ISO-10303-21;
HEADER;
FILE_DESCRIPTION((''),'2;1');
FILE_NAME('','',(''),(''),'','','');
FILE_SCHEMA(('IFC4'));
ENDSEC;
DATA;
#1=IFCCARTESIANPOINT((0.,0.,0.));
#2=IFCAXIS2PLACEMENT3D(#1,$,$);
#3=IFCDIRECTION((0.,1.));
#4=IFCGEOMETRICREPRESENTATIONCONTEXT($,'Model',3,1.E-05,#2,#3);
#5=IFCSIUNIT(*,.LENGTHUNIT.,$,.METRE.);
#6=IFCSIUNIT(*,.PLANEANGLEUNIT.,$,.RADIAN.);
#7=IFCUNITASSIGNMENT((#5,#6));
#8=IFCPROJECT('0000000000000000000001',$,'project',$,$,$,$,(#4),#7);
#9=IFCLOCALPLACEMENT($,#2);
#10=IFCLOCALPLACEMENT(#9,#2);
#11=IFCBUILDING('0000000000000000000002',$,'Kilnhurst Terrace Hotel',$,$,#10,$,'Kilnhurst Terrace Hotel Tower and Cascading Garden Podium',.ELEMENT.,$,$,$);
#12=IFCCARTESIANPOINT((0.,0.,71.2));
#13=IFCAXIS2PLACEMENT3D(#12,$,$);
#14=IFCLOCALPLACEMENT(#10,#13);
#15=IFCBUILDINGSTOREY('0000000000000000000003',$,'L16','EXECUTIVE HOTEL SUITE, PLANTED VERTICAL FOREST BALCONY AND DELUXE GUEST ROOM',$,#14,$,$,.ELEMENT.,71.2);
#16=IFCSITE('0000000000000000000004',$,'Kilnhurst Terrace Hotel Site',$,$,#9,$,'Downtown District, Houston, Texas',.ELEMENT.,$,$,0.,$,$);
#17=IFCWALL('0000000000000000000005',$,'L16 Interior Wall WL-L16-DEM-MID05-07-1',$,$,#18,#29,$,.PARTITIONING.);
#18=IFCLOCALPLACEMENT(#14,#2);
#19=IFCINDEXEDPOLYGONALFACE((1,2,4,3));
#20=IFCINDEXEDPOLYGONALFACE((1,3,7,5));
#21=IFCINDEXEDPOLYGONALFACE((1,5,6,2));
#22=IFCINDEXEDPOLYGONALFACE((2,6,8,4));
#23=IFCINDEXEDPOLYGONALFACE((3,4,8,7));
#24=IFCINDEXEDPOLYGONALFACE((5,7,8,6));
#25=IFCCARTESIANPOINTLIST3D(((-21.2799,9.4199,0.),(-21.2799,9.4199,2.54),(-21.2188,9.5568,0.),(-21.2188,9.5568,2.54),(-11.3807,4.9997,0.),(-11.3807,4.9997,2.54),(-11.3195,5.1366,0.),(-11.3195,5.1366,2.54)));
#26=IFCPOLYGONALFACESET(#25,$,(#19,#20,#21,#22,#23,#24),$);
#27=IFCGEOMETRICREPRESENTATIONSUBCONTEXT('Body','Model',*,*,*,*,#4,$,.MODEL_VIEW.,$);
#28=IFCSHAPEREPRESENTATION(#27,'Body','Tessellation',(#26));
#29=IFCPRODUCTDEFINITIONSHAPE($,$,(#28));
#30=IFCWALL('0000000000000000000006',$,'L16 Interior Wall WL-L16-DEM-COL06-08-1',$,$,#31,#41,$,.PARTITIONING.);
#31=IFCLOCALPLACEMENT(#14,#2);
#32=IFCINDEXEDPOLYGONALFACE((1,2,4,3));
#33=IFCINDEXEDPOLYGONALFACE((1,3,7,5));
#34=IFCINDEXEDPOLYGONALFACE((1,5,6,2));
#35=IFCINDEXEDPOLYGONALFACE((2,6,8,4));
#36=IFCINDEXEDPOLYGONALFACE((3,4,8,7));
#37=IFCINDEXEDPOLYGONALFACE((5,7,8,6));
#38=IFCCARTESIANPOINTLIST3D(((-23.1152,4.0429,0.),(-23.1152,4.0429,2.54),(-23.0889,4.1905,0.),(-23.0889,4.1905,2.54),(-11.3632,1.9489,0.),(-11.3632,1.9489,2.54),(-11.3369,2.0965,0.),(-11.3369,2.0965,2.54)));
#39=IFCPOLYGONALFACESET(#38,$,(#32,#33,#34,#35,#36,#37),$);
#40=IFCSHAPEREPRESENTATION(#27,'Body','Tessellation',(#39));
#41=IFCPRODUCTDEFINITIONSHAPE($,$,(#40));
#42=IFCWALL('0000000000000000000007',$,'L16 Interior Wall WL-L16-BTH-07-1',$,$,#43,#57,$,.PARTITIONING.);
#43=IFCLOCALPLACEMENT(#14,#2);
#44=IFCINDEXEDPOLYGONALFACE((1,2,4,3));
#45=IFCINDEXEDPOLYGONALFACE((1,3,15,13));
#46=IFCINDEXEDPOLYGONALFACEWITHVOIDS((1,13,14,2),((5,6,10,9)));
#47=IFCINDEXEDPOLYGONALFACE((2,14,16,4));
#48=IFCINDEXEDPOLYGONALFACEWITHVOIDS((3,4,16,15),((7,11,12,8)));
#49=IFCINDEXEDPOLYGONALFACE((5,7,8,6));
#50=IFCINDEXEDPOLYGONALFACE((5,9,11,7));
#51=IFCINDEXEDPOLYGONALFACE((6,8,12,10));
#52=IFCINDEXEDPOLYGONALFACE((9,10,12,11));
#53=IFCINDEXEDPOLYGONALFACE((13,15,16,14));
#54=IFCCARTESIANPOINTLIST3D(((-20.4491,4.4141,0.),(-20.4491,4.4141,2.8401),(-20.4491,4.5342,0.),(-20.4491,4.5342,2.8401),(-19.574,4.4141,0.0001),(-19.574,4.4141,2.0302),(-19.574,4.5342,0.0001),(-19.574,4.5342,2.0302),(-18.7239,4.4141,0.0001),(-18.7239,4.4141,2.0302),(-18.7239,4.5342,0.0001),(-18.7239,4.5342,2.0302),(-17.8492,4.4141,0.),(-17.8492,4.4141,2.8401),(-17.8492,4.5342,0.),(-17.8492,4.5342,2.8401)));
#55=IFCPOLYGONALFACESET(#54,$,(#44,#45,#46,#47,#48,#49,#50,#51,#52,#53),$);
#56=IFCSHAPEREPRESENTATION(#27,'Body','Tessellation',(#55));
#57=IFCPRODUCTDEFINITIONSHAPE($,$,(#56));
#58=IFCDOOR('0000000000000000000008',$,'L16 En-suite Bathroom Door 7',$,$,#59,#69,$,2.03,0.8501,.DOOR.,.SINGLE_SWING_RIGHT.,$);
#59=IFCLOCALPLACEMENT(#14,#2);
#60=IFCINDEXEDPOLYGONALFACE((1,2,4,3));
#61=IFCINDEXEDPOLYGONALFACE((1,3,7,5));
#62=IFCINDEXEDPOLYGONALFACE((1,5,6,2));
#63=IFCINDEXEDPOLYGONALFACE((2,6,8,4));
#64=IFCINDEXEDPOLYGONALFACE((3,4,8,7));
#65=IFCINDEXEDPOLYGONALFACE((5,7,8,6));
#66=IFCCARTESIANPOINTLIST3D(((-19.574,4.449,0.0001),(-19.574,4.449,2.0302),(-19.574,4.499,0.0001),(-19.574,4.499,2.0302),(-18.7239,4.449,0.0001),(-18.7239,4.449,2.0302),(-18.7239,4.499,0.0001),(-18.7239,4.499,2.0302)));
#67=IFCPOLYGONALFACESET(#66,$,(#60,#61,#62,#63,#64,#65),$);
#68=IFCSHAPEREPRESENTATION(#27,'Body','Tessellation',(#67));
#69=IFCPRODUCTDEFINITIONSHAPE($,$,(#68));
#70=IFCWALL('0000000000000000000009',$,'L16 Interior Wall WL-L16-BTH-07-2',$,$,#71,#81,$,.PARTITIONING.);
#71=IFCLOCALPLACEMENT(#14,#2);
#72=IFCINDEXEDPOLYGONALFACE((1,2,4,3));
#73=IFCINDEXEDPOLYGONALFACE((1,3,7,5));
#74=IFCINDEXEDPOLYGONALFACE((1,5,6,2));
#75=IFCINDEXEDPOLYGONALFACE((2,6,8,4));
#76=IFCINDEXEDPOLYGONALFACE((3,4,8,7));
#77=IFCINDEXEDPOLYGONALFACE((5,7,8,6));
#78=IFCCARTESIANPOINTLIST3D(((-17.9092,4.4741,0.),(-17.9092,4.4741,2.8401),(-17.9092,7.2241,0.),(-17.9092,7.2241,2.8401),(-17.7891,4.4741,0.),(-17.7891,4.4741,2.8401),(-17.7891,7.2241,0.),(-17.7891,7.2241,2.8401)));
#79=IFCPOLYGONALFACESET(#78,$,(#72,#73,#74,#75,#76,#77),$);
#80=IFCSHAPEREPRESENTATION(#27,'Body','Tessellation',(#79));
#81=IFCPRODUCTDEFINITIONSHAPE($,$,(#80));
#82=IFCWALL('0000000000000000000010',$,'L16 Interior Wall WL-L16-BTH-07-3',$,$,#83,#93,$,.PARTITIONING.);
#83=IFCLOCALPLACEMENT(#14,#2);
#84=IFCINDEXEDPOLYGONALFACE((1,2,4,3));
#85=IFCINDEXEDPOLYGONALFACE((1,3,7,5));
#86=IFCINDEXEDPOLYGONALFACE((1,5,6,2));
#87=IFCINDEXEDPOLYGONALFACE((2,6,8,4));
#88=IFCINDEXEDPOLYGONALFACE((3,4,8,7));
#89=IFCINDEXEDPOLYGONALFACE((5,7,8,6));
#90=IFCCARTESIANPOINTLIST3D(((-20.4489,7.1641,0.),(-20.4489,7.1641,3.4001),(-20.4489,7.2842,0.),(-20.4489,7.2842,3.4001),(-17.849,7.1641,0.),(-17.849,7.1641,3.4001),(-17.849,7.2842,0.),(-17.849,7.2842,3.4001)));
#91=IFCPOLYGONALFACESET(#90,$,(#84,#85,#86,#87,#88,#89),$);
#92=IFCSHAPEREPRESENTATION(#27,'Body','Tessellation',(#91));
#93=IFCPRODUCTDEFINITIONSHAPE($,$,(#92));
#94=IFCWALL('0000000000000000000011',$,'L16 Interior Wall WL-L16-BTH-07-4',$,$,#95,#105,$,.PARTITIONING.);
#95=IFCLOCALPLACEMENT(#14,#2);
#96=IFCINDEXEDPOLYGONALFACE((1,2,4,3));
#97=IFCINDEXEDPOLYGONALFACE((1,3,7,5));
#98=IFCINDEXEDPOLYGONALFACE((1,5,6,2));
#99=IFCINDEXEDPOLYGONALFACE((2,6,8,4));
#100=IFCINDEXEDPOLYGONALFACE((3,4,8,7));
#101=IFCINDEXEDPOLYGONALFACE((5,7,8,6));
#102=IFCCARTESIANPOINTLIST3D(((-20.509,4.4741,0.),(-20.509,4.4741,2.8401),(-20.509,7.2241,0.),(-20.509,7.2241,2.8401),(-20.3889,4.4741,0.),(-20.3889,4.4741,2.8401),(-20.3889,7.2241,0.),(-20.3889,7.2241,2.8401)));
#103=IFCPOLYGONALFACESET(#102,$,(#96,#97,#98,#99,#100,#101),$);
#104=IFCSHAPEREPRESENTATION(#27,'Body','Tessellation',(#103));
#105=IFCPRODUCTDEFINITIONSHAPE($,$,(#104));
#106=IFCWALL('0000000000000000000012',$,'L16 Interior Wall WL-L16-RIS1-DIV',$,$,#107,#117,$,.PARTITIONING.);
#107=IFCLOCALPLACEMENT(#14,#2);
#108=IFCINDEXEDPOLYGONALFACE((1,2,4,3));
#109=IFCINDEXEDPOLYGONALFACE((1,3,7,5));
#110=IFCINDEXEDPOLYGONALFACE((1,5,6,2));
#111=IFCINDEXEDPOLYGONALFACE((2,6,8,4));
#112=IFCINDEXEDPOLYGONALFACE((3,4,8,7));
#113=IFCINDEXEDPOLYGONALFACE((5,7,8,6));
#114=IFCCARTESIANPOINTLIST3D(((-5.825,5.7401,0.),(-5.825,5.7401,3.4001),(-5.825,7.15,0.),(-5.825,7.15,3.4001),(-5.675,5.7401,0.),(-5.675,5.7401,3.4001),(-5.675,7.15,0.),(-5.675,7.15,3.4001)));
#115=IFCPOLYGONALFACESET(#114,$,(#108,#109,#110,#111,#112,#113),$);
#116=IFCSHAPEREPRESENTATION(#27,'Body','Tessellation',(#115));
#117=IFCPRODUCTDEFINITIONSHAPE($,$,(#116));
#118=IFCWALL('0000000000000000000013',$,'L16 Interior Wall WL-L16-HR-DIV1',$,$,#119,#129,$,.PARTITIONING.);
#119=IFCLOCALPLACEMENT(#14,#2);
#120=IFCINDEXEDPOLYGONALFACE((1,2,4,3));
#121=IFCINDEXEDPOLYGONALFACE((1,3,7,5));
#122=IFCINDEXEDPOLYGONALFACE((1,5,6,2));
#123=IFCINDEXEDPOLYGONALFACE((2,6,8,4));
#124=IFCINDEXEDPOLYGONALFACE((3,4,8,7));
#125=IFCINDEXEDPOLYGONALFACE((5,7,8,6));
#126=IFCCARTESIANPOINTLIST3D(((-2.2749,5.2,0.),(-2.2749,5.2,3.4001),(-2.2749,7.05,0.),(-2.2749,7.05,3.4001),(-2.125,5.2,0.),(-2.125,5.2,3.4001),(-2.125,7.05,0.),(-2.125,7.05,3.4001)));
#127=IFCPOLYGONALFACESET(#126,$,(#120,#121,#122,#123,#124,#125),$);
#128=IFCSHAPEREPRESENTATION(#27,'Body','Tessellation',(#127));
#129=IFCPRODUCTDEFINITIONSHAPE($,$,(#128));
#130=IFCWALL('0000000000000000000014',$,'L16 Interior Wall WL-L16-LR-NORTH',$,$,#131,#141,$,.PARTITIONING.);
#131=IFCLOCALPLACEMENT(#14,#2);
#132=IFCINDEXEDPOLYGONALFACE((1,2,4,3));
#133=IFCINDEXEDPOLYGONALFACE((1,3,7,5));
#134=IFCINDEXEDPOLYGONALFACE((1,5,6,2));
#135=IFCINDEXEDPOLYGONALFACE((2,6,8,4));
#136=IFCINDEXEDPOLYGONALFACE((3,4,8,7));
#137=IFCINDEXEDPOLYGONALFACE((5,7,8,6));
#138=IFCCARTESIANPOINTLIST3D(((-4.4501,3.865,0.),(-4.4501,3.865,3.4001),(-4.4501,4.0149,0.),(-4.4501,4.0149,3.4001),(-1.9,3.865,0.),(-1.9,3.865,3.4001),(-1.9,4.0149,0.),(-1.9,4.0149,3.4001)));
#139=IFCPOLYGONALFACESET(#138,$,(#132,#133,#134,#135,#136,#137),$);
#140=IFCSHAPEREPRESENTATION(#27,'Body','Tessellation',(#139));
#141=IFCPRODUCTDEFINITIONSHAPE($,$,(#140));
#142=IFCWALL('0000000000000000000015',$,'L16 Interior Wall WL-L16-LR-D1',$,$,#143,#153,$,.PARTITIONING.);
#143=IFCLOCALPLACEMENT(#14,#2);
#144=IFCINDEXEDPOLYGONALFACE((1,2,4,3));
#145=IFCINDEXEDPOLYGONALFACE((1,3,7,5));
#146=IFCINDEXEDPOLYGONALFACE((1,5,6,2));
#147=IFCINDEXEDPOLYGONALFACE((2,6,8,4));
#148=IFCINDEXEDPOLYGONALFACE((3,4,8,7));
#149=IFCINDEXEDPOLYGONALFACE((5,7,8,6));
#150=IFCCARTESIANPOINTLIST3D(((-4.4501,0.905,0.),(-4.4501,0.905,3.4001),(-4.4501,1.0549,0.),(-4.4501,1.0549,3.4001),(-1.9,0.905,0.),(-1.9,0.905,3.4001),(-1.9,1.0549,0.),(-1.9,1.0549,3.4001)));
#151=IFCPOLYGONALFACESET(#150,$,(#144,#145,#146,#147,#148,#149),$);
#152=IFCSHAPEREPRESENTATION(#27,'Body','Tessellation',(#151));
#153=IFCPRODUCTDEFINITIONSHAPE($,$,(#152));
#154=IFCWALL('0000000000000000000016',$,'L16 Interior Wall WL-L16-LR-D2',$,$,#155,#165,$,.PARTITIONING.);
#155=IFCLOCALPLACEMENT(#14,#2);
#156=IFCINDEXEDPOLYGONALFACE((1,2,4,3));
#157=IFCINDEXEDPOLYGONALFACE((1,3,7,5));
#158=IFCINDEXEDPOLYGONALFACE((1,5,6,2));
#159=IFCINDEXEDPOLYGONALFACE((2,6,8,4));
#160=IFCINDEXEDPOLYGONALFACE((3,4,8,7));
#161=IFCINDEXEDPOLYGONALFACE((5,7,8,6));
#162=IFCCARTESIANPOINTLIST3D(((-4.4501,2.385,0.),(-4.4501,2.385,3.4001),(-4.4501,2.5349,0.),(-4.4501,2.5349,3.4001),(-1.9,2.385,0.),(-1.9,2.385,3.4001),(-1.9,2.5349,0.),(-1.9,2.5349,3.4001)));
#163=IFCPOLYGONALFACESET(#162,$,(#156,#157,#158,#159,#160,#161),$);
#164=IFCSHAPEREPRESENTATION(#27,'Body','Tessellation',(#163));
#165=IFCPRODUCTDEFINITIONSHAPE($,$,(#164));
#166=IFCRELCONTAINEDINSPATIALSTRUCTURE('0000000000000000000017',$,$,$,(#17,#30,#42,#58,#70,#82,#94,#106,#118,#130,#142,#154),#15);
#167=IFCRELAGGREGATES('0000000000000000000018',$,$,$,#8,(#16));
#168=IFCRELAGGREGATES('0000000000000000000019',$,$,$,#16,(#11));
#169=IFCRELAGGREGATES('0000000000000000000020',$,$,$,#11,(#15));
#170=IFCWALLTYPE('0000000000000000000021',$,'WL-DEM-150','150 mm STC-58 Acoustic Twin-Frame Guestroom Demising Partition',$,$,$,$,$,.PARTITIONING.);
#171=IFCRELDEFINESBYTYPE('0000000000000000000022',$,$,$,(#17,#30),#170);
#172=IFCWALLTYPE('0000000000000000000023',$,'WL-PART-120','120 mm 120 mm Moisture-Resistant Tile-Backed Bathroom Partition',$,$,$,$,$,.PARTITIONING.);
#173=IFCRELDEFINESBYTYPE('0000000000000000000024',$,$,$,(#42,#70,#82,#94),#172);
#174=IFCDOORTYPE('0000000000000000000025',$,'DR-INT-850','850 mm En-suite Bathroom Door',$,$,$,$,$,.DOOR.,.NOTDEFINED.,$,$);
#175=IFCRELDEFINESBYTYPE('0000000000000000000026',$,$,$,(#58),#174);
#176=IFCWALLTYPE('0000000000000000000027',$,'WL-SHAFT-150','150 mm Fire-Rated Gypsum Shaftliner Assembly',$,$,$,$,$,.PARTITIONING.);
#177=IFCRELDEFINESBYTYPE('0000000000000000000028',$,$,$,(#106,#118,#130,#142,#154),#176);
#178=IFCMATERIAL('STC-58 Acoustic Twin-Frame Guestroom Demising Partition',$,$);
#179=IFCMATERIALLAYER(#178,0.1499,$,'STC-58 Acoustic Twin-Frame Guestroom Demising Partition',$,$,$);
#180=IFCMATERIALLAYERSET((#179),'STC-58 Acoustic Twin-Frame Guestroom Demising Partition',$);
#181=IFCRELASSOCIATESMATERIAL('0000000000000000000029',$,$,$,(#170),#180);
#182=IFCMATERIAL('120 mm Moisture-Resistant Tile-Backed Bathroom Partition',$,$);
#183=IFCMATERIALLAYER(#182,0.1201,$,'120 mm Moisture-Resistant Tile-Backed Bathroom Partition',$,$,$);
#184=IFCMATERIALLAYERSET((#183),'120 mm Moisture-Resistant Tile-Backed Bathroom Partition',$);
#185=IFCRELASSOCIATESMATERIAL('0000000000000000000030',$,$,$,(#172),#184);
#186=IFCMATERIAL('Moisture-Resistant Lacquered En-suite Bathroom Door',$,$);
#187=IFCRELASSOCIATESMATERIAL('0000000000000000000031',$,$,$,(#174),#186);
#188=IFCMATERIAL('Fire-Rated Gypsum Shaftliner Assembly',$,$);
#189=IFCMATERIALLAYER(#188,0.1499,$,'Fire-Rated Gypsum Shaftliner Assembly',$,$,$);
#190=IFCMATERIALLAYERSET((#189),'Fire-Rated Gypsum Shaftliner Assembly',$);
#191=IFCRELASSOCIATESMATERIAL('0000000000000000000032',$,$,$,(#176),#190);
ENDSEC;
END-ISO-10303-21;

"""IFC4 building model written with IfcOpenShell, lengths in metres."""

from ifc_helpers import new_model, si_unit, direction, frame, frame_2d, origin, place, context, subcontext, project, spatial, rectangle, extrude, material, layer, layer_set, type_object, element, fill, save


model = new_model("IFC4")

# Units and contexts
model_context = context("Model", 3, precision=1e-05, world=origin(), true_north=direction((0.0, 1.0)))
body_context = subcontext(model_context, "Body", "Model", "MODEL_VIEW")
ifc_project = project(units=[si_unit("LENGTHUNIT", "METRE"), si_unit("PLANEANGLEUNIT", "RADIAN")], contexts=[model_context])

# Site, building, storey
site_placement = place(None, origin())
site = spatial("IfcSite", under=ifc_project, at=site_placement, Name="Kilnhurst Terrace Hotel Site", LongName="Downtown District, Houston, Texas", CompositionType="ELEMENT", RefElevation=0.0)
building_placement = place(site_placement, origin())
building = spatial("IfcBuilding", under=site, at=building_placement, Name="Kilnhurst Terrace Hotel", LongName="Kilnhurst Terrace Hotel Tower and Cascading Garden Podium", CompositionType="ELEMENT")
storey_placement = place(building_placement, frame((0.0, 0.0, 71.2)))
storey = spatial("IfcBuildingStorey", under=building, at=storey_placement, Name="L16", Description="EXECUTIVE HOTEL SUITE, PLANTED VERTICAL FOREST BALCONY AND DELUXE GUEST ROOM", CompositionType="ELEMENT", Elevation=71.2)

# Walls
ifc_material_1 = material(Name="STC-58 Acoustic Twin-Frame Guestroom Demising Partition")
ifc_layer_1 = layer(ifc_material_1, 0.1499, Name="STC-58 Acoustic Twin-Frame Guestroom Demising Partition")
ifc_layer_set_1 = layer_set([ifc_layer_1], Name="STC-58 Acoustic Twin-Frame Guestroom Demising Partition")
wall_type_1 = type_object("IfcWallType", Name="WL-DEM-150", Description="150 mm STC-58 Acoustic Twin-Frame Guestroom Demising Partition", PredefinedType="PARTITIONING", material=ifc_layer_set_1)
wall_1_placement = place(storey_placement, frame((-11.3501, 5.0681, 0.0), z_axis=(0.0, 0.0, 1.0), x_axis=(-0.913107, 0.40772, 0.0)))
element("IfcWall", 1, at=wall_1_placement, inside=storey, type_object=wall_type_1, Name="L16 Interior Wall WL-L16-DEM-MID05-07-1", PredefinedType="PARTITIONING", context=body_context, shape_type="SweptSolid", body=[
    extrude(rectangle(XDim=10.8413, YDim=0.1499, at=frame_2d((5.4207, 0.0))), origin(), (0.0, 0.0, 1.0), 2.54),
])
wall_2_placement = place(storey_placement, frame((-11.3501, 2.0227, 0.0), z_axis=(0.0, 0.0, 1.0), x_axis=(-0.984494, 0.17542, 0.0)))
element("IfcWall", 2, at=wall_2_placement, inside=storey, type_object=wall_type_1, Name="L16 Interior Wall WL-L16-DEM-COL06-08-1", PredefinedType="PARTITIONING", context=body_context, shape_type="SweptSolid", body=[
    extrude(rectangle(XDim=11.937, YDim=0.1499, at=frame_2d((5.9685, 0.0))), origin(), (0.0, 0.0, 1.0), 2.54),
])

# Wall, opening, door
ifc_material_2 = material(Name="120 mm Moisture-Resistant Tile-Backed Bathroom Partition")
ifc_layer_2 = layer(ifc_material_2, 0.1201, Name="120 mm Moisture-Resistant Tile-Backed Bathroom Partition")
ifc_layer_set_2 = layer_set([ifc_layer_2], Name="120 mm Moisture-Resistant Tile-Backed Bathroom Partition")
wall_type_2 = type_object("IfcWallType", Name="WL-PART-120", Description="120 mm 120 mm Moisture-Resistant Tile-Backed Bathroom Partition", PredefinedType="PARTITIONING", material=ifc_layer_set_2)
wall_3_placement = place(storey_placement, frame((-20.449, 4.4741, 0.0), z_axis=(0.0, 0.0, 1.0), x_axis=(1.0, 0.0, 0.0)))
wall_3 = element("IfcWall", 3, at=wall_3_placement, inside=storey, type_object=wall_type_2, Name="L16 Interior Wall WL-L16-BTH-07-1", PredefinedType="PARTITIONING", context=body_context, shape_type="SweptSolid", body=[
    extrude(rectangle(XDim=2.5999, YDim=0.1201, at=frame_2d((1.2998, 0.0))), origin(), (0.0, 0.0, 1.0), 2.8401),
])
opening_1_placement = place(wall_3_placement, frame((0.875, 0.0, 0.0)))
opening_1 = element("IfcOpeningElement", 4, at=opening_1_placement, cuts=wall_3, PredefinedType="OPENING", context=body_context, shape_type="SweptSolid", body=[
    extrude(rectangle(XDim=0.8501, YDim=2.03, at=frame_2d((0.425, 1.0151))), frame((0.0, 0.0701, 0.0), z_axis=(0.0, -1.0, 0.0), x_axis=(1.0, 0.0, 0.0)), (0.0, 0.0, 1.0), 0.1401),
])
ifc_material_3 = material(Name="Moisture-Resistant Lacquered En-suite Bathroom Door")
door_type_1 = type_object("IfcDoorType", Name="DR-INT-850", Description="850 mm En-suite Bathroom Door", OperationType="NOTDEFINED", PredefinedType="DOOR", material=ifc_material_3)
door_1_placement = place(opening_1_placement, origin())
door_1 = element("IfcDoor", 5, at=door_1_placement, inside=storey, type_object=door_type_1, Name="L16 En-suite Bathroom Door 7", OperationType="SINGLE_SWING_RIGHT", OverallHeight=2.03, OverallWidth=0.8501, PredefinedType="DOOR", context=body_context, shape_type="SweptSolid", body=[
    extrude(rectangle(XDim=0.8501, YDim=2.03, at=frame_2d((0.425, 1.0151))), frame((0.0, 0.0249, 0.0), z_axis=(0.0, -1.0, 0.0), x_axis=(1.0, 0.0, 0.0)), (0.0, 0.0, 1.0), 0.05),
])
fill(opening_1, door_1)

# Walls
wall_4_placement = place(storey_placement, frame((-17.8491, 4.4741, 0.0), z_axis=(0.0, 0.0, 1.0), x_axis=(0.0, 1.0, 0.0)))
element("IfcWall", 6, at=wall_4_placement, inside=storey, type_object=wall_type_2, Name="L16 Interior Wall WL-L16-BTH-07-2", PredefinedType="PARTITIONING", context=body_context, shape_type="SweptSolid", body=[
    extrude(rectangle(XDim=2.75, YDim=0.1201, at=frame_2d((1.375, 0.0))), origin(), (0.0, 0.0, 1.0), 2.8401),
])
wall_5_placement = place(storey_placement, frame((-17.8491, 7.2241, 0.0), z_axis=(0.0, 0.0, 1.0), x_axis=(-1.0, 0.0, 0.0)))
element("IfcWall", 7, at=wall_5_placement, inside=storey, type_object=wall_type_2, Name="L16 Interior Wall WL-L16-BTH-07-3", PredefinedType="PARTITIONING", context=body_context, shape_type="SweptSolid", body=[
    extrude(rectangle(XDim=2.5999, YDim=0.1201, at=frame_2d((1.2998, 0.0))), origin(), (0.0, 0.0, 1.0), 3.4001),
])
wall_6_placement = place(storey_placement, frame((-20.449, 7.2241, 0.0), z_axis=(0.0, 0.0, 1.0), x_axis=(0.0, -1.0, 0.0)))
element("IfcWall", 8, at=wall_6_placement, inside=storey, type_object=wall_type_2, Name="L16 Interior Wall WL-L16-BTH-07-4", PredefinedType="PARTITIONING", context=body_context, shape_type="SweptSolid", body=[
    extrude(rectangle(XDim=2.75, YDim=0.1201, at=frame_2d((1.375, 0.0))), origin(), (0.0, 0.0, 1.0), 2.8401),
])
ifc_material_4 = material(Name="Fire-Rated Gypsum Shaftliner Assembly")
ifc_layer_3 = layer(ifc_material_4, 0.1499, Name="Fire-Rated Gypsum Shaftliner Assembly")
ifc_layer_set_3 = layer_set([ifc_layer_3], Name="Fire-Rated Gypsum Shaftliner Assembly")
wall_type_3 = type_object("IfcWallType", Name="WL-SHAFT-150", Description="150 mm Fire-Rated Gypsum Shaftliner Assembly", PredefinedType="PARTITIONING", material=ifc_layer_set_3)
wall_7_placement = place(storey_placement, frame((-5.75, 5.74, 0.0), z_axis=(0.0, 0.0, 1.0), x_axis=(0.0, 1.0, 0.0)))
element("IfcWall", 9, at=wall_7_placement, inside=storey, type_object=wall_type_3, Name="L16 Interior Wall WL-L16-RIS1-DIV", PredefinedType="PARTITIONING", context=body_context, shape_type="SweptSolid", body=[
    extrude(rectangle(XDim=1.4099, YDim=0.1499, at=frame_2d((0.7051, 0.0))), origin(), (0.0, 0.0, 1.0), 3.4001),
])
wall_8_placement = place(storey_placement, frame((-2.2, 5.2, 0.0), z_axis=(0.0, 0.0, 1.0), x_axis=(0.0, 1.0, 0.0)))
element("IfcWall", 10, at=wall_8_placement, inside=storey, type_object=wall_type_3, Name="L16 Interior Wall WL-L16-HR-DIV1", PredefinedType="PARTITIONING", context=body_context, shape_type="SweptSolid", body=[
    extrude(rectangle(XDim=1.8501, YDim=0.1499, at=frame_2d((0.925, 0.0))), origin(), (0.0, 0.0, 1.0), 3.4001),
])
for number, where, z_axis, x_axis, name in (
    (11, (-4.45, 3.9399, 0.0), (0.0, 0.0, 1.0), (1.0, 0.0, 0.0), "L16 Interior Wall WL-L16-LR-NORTH"),
    (12, (-4.45, 0.98, 0.0), (0.0, 0.0, 1.0), (1.0, 0.0, 0.0), "L16 Interior Wall WL-L16-LR-D1"),
    (13, (-4.45, 2.46, 0.0), (0.0, 0.0, 1.0), (1.0, 0.0, 0.0), "L16 Interior Wall WL-L16-LR-D2"),
):
    element("IfcWall", number, at=place(storey_placement, frame(where, z_axis=z_axis, x_axis=x_axis)), inside=storey, type_object=wall_type_3, Name=name, PredefinedType="PARTITIONING", context=body_context, shape_type="SweptSolid", body=[
        extrude(rectangle(XDim=2.55, YDim=0.1499, at=frame_2d((1.2749, 0.0))), origin(), (0.0, 0.0, 1.0), 3.4001),
    ])

save(model, "model.ifc")
